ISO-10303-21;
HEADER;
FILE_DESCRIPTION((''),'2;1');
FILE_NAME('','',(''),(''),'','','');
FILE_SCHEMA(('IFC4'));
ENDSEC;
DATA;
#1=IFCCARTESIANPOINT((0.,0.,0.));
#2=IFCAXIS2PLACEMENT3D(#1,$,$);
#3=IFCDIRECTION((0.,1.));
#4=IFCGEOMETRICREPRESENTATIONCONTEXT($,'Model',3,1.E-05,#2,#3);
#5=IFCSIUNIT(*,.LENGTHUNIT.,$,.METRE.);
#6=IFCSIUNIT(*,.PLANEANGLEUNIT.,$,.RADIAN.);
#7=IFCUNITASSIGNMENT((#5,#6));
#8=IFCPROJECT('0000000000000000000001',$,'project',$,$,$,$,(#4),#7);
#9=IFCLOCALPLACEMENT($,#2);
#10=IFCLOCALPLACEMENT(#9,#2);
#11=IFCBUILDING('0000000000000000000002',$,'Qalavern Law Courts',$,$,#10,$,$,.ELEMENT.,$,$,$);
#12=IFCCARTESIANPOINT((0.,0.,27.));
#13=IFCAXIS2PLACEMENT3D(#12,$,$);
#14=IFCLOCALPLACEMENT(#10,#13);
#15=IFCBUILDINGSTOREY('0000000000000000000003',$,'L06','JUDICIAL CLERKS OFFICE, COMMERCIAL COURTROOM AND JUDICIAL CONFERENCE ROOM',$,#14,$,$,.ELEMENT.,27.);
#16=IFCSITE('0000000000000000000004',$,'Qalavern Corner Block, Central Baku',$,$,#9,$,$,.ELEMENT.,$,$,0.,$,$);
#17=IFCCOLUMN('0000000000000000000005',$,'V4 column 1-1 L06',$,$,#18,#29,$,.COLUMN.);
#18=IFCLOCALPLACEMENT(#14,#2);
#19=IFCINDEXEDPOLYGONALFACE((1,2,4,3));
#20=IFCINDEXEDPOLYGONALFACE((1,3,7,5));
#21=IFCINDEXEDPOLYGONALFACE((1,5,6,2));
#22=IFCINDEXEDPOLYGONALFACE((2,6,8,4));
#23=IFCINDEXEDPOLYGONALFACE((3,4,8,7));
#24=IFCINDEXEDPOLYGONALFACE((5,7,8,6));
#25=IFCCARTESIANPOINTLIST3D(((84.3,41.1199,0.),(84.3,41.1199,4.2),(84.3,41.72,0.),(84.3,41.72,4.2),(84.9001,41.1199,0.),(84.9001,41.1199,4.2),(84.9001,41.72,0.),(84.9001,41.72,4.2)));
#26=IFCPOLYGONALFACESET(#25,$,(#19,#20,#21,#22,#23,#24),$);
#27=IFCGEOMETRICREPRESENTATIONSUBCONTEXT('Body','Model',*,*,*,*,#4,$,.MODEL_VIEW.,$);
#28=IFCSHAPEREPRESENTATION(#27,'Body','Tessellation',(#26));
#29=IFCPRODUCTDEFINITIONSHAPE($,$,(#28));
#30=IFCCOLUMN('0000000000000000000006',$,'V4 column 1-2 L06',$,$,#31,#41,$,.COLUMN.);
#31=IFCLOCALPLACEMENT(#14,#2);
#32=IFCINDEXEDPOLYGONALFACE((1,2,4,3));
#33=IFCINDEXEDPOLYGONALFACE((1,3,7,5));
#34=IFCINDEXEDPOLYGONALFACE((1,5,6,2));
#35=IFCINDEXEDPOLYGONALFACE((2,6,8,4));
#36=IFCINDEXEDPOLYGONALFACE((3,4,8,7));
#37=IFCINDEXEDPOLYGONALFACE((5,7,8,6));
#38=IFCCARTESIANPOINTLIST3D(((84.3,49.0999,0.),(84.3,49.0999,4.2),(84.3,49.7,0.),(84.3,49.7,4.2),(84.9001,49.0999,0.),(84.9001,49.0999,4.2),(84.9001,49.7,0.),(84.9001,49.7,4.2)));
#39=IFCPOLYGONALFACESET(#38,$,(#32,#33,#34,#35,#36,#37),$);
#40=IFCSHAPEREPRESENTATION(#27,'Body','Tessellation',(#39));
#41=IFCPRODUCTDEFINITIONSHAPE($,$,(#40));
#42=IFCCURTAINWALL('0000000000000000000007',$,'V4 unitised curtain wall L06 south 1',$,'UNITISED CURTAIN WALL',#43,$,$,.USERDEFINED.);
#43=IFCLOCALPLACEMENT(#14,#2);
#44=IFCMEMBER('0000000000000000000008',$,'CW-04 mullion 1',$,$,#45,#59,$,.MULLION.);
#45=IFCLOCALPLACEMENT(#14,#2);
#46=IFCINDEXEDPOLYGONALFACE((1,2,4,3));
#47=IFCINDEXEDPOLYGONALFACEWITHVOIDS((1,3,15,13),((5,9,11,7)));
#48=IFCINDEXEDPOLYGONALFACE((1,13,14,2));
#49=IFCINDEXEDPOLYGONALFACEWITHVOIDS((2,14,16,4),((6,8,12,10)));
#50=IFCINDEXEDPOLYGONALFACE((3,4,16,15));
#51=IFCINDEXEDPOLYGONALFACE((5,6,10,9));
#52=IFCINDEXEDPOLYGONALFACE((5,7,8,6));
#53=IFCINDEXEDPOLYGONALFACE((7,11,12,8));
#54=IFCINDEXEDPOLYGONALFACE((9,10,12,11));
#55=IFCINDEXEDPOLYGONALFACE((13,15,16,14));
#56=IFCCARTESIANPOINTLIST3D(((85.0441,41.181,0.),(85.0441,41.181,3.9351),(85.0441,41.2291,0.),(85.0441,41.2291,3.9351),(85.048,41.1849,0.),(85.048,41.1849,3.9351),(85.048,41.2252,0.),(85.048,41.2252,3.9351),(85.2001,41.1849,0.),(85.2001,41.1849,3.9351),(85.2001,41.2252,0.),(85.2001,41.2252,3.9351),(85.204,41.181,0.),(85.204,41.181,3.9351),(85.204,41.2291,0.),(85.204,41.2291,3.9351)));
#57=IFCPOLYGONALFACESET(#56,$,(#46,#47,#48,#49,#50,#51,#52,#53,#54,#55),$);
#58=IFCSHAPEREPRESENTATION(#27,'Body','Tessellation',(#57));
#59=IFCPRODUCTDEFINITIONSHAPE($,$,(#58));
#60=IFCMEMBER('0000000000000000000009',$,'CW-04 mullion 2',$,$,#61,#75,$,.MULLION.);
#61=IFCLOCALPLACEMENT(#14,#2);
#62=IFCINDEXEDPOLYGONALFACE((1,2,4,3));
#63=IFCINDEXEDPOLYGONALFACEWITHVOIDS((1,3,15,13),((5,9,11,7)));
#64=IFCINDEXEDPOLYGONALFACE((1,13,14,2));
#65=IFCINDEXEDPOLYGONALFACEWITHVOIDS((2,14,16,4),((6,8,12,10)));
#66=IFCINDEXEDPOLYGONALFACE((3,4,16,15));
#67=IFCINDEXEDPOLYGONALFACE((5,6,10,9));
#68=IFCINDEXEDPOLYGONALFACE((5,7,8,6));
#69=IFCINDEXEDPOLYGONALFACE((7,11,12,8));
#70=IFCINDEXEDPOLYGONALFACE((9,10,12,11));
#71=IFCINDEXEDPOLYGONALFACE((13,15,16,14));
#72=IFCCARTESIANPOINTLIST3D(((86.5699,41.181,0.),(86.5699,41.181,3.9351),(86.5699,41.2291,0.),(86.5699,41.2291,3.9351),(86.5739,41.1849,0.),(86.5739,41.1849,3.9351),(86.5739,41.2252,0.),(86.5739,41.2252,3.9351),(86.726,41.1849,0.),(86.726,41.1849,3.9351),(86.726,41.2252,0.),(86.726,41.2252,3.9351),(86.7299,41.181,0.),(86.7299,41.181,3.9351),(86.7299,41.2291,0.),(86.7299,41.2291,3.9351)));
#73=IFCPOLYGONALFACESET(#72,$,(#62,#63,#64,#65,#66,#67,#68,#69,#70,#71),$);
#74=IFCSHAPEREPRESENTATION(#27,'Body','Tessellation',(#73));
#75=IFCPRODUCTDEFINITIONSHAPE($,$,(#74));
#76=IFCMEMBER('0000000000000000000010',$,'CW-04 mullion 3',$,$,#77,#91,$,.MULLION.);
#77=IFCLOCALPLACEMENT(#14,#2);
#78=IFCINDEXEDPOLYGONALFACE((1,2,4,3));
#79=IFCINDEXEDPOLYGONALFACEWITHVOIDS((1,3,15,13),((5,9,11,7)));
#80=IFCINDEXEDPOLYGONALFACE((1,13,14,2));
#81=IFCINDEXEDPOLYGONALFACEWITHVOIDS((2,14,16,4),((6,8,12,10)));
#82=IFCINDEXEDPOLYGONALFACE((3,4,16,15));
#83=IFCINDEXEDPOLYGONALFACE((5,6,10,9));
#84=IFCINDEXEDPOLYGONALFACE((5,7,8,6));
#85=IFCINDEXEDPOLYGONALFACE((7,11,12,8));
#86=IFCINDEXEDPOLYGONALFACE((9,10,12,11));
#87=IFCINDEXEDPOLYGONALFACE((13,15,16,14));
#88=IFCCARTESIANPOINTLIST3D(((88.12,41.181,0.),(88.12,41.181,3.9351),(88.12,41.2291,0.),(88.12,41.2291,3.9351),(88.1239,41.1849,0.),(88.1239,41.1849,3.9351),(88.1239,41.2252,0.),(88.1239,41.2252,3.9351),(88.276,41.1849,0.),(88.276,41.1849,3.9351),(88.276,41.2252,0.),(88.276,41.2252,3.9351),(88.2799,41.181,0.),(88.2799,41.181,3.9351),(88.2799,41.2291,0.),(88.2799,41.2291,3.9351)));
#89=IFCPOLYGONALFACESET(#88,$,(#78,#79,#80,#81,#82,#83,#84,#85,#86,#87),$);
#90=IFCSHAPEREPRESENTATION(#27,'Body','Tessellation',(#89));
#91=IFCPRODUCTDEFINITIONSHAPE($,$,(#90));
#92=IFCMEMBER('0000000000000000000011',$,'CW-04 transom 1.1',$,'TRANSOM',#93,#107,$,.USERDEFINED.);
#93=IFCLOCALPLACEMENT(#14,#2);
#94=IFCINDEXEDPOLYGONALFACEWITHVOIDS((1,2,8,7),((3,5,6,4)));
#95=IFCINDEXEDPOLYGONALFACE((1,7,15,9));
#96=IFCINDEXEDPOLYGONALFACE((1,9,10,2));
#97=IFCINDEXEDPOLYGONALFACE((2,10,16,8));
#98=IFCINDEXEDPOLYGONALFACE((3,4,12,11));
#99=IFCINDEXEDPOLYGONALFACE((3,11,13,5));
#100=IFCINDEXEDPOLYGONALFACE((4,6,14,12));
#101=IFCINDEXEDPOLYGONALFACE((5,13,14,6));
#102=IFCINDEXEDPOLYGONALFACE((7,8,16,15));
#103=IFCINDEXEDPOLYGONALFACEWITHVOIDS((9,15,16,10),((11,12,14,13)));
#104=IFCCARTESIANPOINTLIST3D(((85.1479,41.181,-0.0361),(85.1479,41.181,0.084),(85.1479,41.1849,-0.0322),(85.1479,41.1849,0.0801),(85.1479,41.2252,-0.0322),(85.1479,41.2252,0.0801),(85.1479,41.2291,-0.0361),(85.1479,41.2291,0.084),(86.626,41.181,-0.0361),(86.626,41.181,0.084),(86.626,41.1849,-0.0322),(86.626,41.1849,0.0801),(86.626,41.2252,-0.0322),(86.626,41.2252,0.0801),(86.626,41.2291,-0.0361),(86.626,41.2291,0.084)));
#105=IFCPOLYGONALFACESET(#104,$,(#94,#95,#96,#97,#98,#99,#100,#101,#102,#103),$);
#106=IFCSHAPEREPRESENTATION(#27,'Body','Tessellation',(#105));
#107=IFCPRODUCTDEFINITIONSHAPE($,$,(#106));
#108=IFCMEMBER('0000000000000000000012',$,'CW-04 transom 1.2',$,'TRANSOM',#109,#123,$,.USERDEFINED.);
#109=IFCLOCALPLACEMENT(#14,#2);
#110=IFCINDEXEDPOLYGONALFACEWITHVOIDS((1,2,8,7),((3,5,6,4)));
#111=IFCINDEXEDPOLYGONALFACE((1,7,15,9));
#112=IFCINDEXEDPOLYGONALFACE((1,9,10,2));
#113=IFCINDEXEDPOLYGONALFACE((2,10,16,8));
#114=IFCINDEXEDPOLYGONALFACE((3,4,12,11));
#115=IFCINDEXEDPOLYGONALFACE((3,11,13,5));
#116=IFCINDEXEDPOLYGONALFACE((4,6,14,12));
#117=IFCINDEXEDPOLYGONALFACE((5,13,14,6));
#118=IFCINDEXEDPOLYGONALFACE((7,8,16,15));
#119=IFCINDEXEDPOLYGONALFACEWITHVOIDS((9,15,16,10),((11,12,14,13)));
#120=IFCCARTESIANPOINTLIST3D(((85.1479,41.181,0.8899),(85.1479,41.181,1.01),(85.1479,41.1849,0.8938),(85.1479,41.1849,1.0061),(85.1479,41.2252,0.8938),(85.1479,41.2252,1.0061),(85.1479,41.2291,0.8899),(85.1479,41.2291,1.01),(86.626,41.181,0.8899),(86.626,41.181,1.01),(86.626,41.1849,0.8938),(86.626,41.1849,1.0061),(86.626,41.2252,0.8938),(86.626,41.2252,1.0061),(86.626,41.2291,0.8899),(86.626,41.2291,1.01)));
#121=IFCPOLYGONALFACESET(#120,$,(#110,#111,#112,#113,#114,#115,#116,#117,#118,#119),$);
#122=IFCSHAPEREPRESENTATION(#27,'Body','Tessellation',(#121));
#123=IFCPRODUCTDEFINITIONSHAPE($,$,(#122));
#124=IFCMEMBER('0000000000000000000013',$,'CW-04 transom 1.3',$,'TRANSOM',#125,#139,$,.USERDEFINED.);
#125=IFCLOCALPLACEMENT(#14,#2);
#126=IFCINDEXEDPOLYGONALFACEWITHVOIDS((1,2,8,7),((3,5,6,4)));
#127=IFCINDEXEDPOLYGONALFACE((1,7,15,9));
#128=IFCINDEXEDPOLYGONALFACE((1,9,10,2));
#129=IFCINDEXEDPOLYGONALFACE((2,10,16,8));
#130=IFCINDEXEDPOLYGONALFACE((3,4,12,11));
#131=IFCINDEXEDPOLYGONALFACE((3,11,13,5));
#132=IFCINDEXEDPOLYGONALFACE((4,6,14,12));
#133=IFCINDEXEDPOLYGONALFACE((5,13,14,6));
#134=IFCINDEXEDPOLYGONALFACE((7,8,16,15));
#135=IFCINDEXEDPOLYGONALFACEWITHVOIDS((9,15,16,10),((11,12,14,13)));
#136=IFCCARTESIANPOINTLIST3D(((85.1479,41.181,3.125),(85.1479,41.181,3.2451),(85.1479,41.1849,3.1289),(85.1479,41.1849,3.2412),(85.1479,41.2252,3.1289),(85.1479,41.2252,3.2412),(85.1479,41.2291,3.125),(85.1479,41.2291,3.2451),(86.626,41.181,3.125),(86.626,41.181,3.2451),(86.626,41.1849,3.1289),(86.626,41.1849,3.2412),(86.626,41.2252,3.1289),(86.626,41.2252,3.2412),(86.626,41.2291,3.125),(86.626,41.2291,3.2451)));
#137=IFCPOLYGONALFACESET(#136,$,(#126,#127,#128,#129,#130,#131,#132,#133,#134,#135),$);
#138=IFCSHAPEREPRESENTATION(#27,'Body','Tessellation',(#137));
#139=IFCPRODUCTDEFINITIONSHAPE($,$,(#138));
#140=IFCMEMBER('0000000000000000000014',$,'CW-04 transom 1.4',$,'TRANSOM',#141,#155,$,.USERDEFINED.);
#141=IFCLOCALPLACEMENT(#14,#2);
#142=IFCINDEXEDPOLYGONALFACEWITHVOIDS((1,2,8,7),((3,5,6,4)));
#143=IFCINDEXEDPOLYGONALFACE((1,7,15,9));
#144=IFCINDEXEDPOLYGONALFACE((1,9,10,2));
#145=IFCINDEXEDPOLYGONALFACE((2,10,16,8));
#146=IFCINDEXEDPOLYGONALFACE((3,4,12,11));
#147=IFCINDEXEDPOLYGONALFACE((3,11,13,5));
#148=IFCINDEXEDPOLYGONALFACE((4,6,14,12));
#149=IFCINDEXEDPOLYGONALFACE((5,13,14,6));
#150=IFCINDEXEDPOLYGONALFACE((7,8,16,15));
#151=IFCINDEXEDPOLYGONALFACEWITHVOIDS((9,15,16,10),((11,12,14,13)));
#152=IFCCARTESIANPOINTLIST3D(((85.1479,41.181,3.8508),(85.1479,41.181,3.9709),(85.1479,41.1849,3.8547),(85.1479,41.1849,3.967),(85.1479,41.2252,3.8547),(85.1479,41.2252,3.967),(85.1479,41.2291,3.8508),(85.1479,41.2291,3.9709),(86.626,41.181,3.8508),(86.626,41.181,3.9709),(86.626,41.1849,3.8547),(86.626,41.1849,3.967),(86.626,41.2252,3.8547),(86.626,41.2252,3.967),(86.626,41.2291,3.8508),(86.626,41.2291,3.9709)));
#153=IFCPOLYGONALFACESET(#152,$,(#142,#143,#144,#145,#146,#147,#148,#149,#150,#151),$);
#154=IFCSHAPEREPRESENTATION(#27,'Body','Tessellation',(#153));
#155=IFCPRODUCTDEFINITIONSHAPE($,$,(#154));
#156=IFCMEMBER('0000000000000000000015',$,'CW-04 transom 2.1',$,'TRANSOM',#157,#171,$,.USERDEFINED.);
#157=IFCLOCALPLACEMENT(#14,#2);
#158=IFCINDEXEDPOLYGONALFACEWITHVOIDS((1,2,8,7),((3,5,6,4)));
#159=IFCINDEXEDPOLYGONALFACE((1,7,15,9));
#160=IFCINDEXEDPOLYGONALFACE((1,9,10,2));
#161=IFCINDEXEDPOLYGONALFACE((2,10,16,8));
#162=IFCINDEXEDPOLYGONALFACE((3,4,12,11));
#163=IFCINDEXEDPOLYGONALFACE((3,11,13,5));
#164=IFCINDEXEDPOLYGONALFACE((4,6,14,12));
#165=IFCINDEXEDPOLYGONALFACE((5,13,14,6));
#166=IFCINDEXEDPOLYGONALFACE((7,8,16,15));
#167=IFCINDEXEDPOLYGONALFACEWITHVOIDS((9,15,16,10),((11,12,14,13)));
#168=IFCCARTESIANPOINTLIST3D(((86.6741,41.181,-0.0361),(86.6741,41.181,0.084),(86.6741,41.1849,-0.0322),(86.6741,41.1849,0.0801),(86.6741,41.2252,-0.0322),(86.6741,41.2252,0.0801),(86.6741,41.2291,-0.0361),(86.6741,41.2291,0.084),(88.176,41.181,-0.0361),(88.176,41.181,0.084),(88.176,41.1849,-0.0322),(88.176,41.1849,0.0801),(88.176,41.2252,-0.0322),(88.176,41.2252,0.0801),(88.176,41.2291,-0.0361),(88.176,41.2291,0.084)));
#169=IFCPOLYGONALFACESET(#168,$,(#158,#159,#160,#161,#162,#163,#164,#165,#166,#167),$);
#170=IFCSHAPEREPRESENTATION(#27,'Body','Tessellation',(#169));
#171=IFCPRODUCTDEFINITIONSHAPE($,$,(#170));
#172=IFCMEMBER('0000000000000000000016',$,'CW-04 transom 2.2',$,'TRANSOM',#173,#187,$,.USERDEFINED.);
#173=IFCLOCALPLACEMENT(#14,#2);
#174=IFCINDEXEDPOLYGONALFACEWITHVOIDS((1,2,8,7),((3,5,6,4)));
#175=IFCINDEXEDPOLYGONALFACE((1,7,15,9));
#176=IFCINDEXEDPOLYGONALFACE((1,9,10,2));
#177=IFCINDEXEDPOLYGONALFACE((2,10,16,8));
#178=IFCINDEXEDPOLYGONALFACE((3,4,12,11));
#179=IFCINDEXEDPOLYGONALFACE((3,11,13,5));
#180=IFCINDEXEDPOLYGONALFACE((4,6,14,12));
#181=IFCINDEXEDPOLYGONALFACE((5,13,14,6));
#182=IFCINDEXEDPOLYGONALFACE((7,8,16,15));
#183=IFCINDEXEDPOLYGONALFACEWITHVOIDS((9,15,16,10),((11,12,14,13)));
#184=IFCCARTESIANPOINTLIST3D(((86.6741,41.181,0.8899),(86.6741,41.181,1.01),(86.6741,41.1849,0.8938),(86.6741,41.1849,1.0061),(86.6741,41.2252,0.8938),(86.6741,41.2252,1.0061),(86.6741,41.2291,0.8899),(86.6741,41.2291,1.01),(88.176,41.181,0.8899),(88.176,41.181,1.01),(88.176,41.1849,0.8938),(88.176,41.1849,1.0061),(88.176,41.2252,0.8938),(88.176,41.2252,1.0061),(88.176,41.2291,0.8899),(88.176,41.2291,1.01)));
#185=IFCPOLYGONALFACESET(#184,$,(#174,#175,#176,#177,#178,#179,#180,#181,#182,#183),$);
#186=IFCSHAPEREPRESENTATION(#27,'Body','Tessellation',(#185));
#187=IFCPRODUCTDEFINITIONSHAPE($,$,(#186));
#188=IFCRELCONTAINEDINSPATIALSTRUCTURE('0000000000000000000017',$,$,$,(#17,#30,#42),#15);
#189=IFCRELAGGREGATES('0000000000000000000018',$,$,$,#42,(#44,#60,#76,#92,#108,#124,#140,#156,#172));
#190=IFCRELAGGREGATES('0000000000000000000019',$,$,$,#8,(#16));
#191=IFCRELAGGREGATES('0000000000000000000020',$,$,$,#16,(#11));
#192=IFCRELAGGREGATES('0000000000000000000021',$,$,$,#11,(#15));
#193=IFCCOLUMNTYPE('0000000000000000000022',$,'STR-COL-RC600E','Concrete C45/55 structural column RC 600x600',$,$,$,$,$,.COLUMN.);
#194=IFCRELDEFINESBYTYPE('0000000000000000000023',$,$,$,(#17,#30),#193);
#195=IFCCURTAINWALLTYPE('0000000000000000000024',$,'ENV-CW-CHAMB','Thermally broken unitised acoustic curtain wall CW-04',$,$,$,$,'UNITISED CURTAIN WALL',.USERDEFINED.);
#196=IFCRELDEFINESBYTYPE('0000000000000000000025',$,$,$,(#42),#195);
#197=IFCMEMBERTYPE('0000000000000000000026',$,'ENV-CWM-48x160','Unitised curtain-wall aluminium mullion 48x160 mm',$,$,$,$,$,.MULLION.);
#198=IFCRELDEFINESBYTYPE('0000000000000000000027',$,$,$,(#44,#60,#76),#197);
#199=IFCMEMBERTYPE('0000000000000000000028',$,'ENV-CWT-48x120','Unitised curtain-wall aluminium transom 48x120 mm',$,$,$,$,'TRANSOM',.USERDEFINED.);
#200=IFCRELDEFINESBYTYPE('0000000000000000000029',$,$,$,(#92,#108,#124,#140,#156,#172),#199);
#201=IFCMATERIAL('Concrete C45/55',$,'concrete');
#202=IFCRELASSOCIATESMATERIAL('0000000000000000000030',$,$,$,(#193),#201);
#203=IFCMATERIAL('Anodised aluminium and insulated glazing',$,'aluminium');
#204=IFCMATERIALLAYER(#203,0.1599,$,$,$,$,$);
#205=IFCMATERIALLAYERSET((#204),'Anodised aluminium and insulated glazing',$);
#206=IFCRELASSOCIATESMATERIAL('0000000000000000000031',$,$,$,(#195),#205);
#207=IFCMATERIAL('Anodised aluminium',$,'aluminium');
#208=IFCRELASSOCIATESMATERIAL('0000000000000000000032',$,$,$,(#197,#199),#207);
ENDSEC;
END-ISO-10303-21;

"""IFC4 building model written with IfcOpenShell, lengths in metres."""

from ifc_helpers import new_model, si_unit, direction, frame, origin, origin_2d, place, context, subcontext, project, spatial, rectangle, hollow_rectangle, extrude, material, layer, layer_set, material_profile, profile_set, type_object, element, aggregate, save


model = new_model("IFC4")

# Units and contexts
model_context = context("Model", 3, precision=1e-05, world=origin(), true_north=direction((0.0, 1.0)))
body_context = subcontext(model_context, "Body", "Model", "MODEL_VIEW")
ifc_project = project(units=[si_unit("LENGTHUNIT", "METRE"), si_unit("PLANEANGLEUNIT", "RADIAN")], contexts=[model_context])

# Site, building, storey
site_placement = place(None, origin())
site = spatial("IfcSite", under=ifc_project, at=site_placement, Name="Qalavern Corner Block, Central Baku", CompositionType="ELEMENT", RefElevation=0.0)
building_placement = place(site_placement, origin())
building = spatial("IfcBuilding", under=site, at=building_placement, Name="Qalavern Law Courts", CompositionType="ELEMENT")
storey_placement = place(building_placement, frame((0.0, 0.0, 27.0)))
storey = spatial("IfcBuildingStorey", under=building, at=storey_placement, Name="L06", Description="JUDICIAL CLERKS OFFICE, COMMERCIAL COURTROOM AND JUDICIAL CONFERENCE ROOM", CompositionType="ELEMENT", Elevation=27.0)

# Columns
ifc_material_1 = material(Name="Concrete C45/55", Category="concrete")
ifc_material_profile_1 = material_profile(ifc_material_1, rectangle(XDim=0.6001, YDim=0.6001, at=origin_2d()), Name="RC 600x600")
ifc_profile_set_1 = profile_set([ifc_material_profile_1], Name="Concrete C45/55")
column_type = type_object("IfcColumnType", Name="STR-COL-RC600E", Description="Concrete C45/55 structural column RC 600x600", PredefinedType="COLUMN", material=ifc_profile_set_1)
for number, where, z_axis, x_axis, name in (
    (1, (84.6001, 41.4199, 0.0), (0.0, 0.0, 1.0), (1.0, 0.0, 0.0), "V4 column 1-1 L06"),
    (2, (84.6001, 49.3999, 0.0), (0.0, 0.0, 1.0), (1.0, 0.0, 0.0), "V4 column 1-2 L06"),
):
    element("IfcColumn", number, at=place(storey_placement, frame(where, z_axis=z_axis, x_axis=x_axis)), inside=storey, type_object=column_type, Name=name, PredefinedType="COLUMN", context=body_context, shape_type="SweptSolid", body=[
        extrude(rectangle(XDim=0.6001, YDim=0.6001, at=origin_2d()), origin(), (0.0, 0.0, 1.0), 4.2),
    ])

# Curtain wall, members
ifc_material_2 = material(Name="Anodised aluminium and insulated glazing", Category="aluminium")
ifc_layer_1 = layer(ifc_material_2, 0.1599)
ifc_layer_set_1 = layer_set([ifc_layer_1], Name="Anodised aluminium and insulated glazing")
curtain_wall_type = type_object("IfcCurtainWallType", Name="ENV-CW-CHAMB", Description="Thermally broken unitised acoustic curtain wall CW-04", ElementType="UNITISED CURTAIN WALL", PredefinedType="USERDEFINED", material=ifc_layer_set_1)
curtain_wall_1_placement = place(storey_placement, origin())
curtain_wall_1 = element("IfcCurtainWall", 3, at=curtain_wall_1_placement, inside=storey, type_object=curtain_wall_type, Name="V4 unitised curtain wall L06 south 1", ObjectType="UNITISED CURTAIN WALL", PredefinedType="USERDEFINED")
ifc_material_3 = material(Name="Anodised aluminium", Category="aluminium")
ifc_material_profile_2 = material_profile(ifc_material_3, hollow_rectangle(XDim=0.0481, YDim=0.1599, WallThickness=0.0039, at=origin_2d()), Name="ALU MULLION 48x160")
ifc_profile_set_2 = profile_set([ifc_material_profile_2], Name="Anodised aluminium")
member_type_1 = type_object("IfcMemberType", Name="ENV-CWM-48x160", Description="Unitised curtain-wall aluminium mullion 48x160 mm", PredefinedType="MULLION", material=ifc_profile_set_2)
member_1_placement = place(storey_placement, frame((85.124, 41.2051, 0.0), z_axis=(0.0, 0.0, 1.0), x_axis=(0.0, 1.0, 0.0)))
member_1 = element("IfcMember", 4, at=member_1_placement, type_object=member_type_1, Name="CW-04 mullion 1", PredefinedType="MULLION", context=body_context, shape_type="SweptSolid", body=[
    extrude(hollow_rectangle(XDim=0.0481, YDim=0.1599, WallThickness=0.0039, at=origin_2d()), origin(), (0.0, 0.0, 1.0), 3.9351),
])
member_2_placement = place(storey_placement, frame((86.6499, 41.2051, 0.0), z_axis=(0.0, 0.0, 1.0), x_axis=(0.0, 1.0, 0.0)))
member_2 = element("IfcMember", 5, at=member_2_placement, type_object=member_type_1, Name="CW-04 mullion 2", PredefinedType="MULLION", context=body_context, shape_type="SweptSolid", body=[
    extrude(hollow_rectangle(XDim=0.0481, YDim=0.1599, WallThickness=0.0039, at=origin_2d()), origin(), (0.0, 0.0, 1.0), 3.9351),
])
member_3_placement = place(storey_placement, frame((88.2, 41.2051, 0.0), z_axis=(0.0, 0.0, 1.0), x_axis=(0.0, 1.0, 0.0)))
member_3 = element("IfcMember", 6, at=member_3_placement, type_object=member_type_1, Name="CW-04 mullion 3", PredefinedType="MULLION", context=body_context, shape_type="SweptSolid", body=[
    extrude(hollow_rectangle(XDim=0.0481, YDim=0.1599, WallThickness=0.0039, at=origin_2d()), origin(), (0.0, 0.0, 1.0), 3.9351),
])
ifc_material_profile_3 = material_profile(ifc_material_3, hollow_rectangle(XDim=0.0481, YDim=0.1201, WallThickness=0.0039, at=origin_2d()), Name="ALU TRANSOM 48x120")
ifc_profile_set_3 = profile_set([ifc_material_profile_3], Name="Anodised aluminium")
member_type_2 = type_object("IfcMemberType", Name="ENV-CWT-48x120", Description="Unitised curtain-wall aluminium transom 48x120 mm", ElementType="TRANSOM", PredefinedType="USERDEFINED", material=ifc_profile_set_3)
member_4_placement = place(storey_placement, frame((85.1479, 41.2051, 0.0239), z_axis=(1.0, 0.0, 0.0), x_axis=(0.0, 1.0, 0.0)))
member_4 = element("IfcMember", 7, at=member_4_placement, type_object=member_type_2, Name="CW-04 transom 1.1", ObjectType="TRANSOM", PredefinedType="USERDEFINED", context=body_context, shape_type="SweptSolid", body=[
    extrude(hollow_rectangle(XDim=0.0481, YDim=0.1201, WallThickness=0.0039, at=origin_2d()), origin(), (0.0, 0.0, 1.0), 1.478),
])
member_5_placement = place(storey_placement, frame((85.1479, 41.2051, 0.95), z_axis=(1.0, 0.0, 0.0), x_axis=(0.0, 1.0, 0.0)))
member_5 = element("IfcMember", 8, at=member_5_placement, type_object=member_type_2, Name="CW-04 transom 1.2", ObjectType="TRANSOM", PredefinedType="USERDEFINED", context=body_context, shape_type="SweptSolid", body=[
    extrude(hollow_rectangle(XDim=0.0481, YDim=0.1201, WallThickness=0.0039, at=origin_2d()), origin(), (0.0, 0.0, 1.0), 1.478),
])
member_6_placement = place(storey_placement, frame((85.1479, 41.2051, 3.1851), z_axis=(1.0, 0.0, 0.0), x_axis=(0.0, 1.0, 0.0)))
member_6 = element("IfcMember", 9, at=member_6_placement, type_object=member_type_2, Name="CW-04 transom 1.3", ObjectType="TRANSOM", PredefinedType="USERDEFINED", context=body_context, shape_type="SweptSolid", body=[
    extrude(hollow_rectangle(XDim=0.0481, YDim=0.1201, WallThickness=0.0039, at=origin_2d()), origin(), (0.0, 0.0, 1.0), 1.478),
])
member_7_placement = place(storey_placement, frame((85.1479, 41.2051, 3.9109), z_axis=(1.0, 0.0, 0.0), x_axis=(0.0, 1.0, 0.0)))
member_7 = element("IfcMember", 10, at=member_7_placement, type_object=member_type_2, Name="CW-04 transom 1.4", ObjectType="TRANSOM", PredefinedType="USERDEFINED", context=body_context, shape_type="SweptSolid", body=[
    extrude(hollow_rectangle(XDim=0.0481, YDim=0.1201, WallThickness=0.0039, at=origin_2d()), origin(), (0.0, 0.0, 1.0), 1.478),
])
member_8_placement = place(storey_placement, frame((86.6741, 41.2051, 0.0239), z_axis=(1.0, 0.0, 0.0), x_axis=(0.0, 1.0, 0.0)))
member_8 = element("IfcMember", 11, at=member_8_placement, type_object=member_type_2, Name="CW-04 transom 2.1", ObjectType="TRANSOM", PredefinedType="USERDEFINED", context=body_context, shape_type="SweptSolid", body=[
    extrude(hollow_rectangle(XDim=0.0481, YDim=0.1201, WallThickness=0.0039, at=origin_2d()), origin(), (0.0, 0.0, 1.0), 1.502),
])
member_9_placement = place(storey_placement, frame((86.6741, 41.2051, 0.95), z_axis=(1.0, 0.0, 0.0), x_axis=(0.0, 1.0, 0.0)))
member_9 = element("IfcMember", 12, at=member_9_placement, type_object=member_type_2, Name="CW-04 transom 2.2", ObjectType="TRANSOM", PredefinedType="USERDEFINED", context=body_context, shape_type="SweptSolid", body=[
    extrude(hollow_rectangle(XDim=0.0481, YDim=0.1201, WallThickness=0.0039, at=origin_2d()), origin(), (0.0, 0.0, 1.0), 1.502),
])

aggregate(curtain_wall_1, [member_1, member_2, member_3, member_4, member_5, member_6, member_7, member_8, member_9])

save(model, "model.ifc")
